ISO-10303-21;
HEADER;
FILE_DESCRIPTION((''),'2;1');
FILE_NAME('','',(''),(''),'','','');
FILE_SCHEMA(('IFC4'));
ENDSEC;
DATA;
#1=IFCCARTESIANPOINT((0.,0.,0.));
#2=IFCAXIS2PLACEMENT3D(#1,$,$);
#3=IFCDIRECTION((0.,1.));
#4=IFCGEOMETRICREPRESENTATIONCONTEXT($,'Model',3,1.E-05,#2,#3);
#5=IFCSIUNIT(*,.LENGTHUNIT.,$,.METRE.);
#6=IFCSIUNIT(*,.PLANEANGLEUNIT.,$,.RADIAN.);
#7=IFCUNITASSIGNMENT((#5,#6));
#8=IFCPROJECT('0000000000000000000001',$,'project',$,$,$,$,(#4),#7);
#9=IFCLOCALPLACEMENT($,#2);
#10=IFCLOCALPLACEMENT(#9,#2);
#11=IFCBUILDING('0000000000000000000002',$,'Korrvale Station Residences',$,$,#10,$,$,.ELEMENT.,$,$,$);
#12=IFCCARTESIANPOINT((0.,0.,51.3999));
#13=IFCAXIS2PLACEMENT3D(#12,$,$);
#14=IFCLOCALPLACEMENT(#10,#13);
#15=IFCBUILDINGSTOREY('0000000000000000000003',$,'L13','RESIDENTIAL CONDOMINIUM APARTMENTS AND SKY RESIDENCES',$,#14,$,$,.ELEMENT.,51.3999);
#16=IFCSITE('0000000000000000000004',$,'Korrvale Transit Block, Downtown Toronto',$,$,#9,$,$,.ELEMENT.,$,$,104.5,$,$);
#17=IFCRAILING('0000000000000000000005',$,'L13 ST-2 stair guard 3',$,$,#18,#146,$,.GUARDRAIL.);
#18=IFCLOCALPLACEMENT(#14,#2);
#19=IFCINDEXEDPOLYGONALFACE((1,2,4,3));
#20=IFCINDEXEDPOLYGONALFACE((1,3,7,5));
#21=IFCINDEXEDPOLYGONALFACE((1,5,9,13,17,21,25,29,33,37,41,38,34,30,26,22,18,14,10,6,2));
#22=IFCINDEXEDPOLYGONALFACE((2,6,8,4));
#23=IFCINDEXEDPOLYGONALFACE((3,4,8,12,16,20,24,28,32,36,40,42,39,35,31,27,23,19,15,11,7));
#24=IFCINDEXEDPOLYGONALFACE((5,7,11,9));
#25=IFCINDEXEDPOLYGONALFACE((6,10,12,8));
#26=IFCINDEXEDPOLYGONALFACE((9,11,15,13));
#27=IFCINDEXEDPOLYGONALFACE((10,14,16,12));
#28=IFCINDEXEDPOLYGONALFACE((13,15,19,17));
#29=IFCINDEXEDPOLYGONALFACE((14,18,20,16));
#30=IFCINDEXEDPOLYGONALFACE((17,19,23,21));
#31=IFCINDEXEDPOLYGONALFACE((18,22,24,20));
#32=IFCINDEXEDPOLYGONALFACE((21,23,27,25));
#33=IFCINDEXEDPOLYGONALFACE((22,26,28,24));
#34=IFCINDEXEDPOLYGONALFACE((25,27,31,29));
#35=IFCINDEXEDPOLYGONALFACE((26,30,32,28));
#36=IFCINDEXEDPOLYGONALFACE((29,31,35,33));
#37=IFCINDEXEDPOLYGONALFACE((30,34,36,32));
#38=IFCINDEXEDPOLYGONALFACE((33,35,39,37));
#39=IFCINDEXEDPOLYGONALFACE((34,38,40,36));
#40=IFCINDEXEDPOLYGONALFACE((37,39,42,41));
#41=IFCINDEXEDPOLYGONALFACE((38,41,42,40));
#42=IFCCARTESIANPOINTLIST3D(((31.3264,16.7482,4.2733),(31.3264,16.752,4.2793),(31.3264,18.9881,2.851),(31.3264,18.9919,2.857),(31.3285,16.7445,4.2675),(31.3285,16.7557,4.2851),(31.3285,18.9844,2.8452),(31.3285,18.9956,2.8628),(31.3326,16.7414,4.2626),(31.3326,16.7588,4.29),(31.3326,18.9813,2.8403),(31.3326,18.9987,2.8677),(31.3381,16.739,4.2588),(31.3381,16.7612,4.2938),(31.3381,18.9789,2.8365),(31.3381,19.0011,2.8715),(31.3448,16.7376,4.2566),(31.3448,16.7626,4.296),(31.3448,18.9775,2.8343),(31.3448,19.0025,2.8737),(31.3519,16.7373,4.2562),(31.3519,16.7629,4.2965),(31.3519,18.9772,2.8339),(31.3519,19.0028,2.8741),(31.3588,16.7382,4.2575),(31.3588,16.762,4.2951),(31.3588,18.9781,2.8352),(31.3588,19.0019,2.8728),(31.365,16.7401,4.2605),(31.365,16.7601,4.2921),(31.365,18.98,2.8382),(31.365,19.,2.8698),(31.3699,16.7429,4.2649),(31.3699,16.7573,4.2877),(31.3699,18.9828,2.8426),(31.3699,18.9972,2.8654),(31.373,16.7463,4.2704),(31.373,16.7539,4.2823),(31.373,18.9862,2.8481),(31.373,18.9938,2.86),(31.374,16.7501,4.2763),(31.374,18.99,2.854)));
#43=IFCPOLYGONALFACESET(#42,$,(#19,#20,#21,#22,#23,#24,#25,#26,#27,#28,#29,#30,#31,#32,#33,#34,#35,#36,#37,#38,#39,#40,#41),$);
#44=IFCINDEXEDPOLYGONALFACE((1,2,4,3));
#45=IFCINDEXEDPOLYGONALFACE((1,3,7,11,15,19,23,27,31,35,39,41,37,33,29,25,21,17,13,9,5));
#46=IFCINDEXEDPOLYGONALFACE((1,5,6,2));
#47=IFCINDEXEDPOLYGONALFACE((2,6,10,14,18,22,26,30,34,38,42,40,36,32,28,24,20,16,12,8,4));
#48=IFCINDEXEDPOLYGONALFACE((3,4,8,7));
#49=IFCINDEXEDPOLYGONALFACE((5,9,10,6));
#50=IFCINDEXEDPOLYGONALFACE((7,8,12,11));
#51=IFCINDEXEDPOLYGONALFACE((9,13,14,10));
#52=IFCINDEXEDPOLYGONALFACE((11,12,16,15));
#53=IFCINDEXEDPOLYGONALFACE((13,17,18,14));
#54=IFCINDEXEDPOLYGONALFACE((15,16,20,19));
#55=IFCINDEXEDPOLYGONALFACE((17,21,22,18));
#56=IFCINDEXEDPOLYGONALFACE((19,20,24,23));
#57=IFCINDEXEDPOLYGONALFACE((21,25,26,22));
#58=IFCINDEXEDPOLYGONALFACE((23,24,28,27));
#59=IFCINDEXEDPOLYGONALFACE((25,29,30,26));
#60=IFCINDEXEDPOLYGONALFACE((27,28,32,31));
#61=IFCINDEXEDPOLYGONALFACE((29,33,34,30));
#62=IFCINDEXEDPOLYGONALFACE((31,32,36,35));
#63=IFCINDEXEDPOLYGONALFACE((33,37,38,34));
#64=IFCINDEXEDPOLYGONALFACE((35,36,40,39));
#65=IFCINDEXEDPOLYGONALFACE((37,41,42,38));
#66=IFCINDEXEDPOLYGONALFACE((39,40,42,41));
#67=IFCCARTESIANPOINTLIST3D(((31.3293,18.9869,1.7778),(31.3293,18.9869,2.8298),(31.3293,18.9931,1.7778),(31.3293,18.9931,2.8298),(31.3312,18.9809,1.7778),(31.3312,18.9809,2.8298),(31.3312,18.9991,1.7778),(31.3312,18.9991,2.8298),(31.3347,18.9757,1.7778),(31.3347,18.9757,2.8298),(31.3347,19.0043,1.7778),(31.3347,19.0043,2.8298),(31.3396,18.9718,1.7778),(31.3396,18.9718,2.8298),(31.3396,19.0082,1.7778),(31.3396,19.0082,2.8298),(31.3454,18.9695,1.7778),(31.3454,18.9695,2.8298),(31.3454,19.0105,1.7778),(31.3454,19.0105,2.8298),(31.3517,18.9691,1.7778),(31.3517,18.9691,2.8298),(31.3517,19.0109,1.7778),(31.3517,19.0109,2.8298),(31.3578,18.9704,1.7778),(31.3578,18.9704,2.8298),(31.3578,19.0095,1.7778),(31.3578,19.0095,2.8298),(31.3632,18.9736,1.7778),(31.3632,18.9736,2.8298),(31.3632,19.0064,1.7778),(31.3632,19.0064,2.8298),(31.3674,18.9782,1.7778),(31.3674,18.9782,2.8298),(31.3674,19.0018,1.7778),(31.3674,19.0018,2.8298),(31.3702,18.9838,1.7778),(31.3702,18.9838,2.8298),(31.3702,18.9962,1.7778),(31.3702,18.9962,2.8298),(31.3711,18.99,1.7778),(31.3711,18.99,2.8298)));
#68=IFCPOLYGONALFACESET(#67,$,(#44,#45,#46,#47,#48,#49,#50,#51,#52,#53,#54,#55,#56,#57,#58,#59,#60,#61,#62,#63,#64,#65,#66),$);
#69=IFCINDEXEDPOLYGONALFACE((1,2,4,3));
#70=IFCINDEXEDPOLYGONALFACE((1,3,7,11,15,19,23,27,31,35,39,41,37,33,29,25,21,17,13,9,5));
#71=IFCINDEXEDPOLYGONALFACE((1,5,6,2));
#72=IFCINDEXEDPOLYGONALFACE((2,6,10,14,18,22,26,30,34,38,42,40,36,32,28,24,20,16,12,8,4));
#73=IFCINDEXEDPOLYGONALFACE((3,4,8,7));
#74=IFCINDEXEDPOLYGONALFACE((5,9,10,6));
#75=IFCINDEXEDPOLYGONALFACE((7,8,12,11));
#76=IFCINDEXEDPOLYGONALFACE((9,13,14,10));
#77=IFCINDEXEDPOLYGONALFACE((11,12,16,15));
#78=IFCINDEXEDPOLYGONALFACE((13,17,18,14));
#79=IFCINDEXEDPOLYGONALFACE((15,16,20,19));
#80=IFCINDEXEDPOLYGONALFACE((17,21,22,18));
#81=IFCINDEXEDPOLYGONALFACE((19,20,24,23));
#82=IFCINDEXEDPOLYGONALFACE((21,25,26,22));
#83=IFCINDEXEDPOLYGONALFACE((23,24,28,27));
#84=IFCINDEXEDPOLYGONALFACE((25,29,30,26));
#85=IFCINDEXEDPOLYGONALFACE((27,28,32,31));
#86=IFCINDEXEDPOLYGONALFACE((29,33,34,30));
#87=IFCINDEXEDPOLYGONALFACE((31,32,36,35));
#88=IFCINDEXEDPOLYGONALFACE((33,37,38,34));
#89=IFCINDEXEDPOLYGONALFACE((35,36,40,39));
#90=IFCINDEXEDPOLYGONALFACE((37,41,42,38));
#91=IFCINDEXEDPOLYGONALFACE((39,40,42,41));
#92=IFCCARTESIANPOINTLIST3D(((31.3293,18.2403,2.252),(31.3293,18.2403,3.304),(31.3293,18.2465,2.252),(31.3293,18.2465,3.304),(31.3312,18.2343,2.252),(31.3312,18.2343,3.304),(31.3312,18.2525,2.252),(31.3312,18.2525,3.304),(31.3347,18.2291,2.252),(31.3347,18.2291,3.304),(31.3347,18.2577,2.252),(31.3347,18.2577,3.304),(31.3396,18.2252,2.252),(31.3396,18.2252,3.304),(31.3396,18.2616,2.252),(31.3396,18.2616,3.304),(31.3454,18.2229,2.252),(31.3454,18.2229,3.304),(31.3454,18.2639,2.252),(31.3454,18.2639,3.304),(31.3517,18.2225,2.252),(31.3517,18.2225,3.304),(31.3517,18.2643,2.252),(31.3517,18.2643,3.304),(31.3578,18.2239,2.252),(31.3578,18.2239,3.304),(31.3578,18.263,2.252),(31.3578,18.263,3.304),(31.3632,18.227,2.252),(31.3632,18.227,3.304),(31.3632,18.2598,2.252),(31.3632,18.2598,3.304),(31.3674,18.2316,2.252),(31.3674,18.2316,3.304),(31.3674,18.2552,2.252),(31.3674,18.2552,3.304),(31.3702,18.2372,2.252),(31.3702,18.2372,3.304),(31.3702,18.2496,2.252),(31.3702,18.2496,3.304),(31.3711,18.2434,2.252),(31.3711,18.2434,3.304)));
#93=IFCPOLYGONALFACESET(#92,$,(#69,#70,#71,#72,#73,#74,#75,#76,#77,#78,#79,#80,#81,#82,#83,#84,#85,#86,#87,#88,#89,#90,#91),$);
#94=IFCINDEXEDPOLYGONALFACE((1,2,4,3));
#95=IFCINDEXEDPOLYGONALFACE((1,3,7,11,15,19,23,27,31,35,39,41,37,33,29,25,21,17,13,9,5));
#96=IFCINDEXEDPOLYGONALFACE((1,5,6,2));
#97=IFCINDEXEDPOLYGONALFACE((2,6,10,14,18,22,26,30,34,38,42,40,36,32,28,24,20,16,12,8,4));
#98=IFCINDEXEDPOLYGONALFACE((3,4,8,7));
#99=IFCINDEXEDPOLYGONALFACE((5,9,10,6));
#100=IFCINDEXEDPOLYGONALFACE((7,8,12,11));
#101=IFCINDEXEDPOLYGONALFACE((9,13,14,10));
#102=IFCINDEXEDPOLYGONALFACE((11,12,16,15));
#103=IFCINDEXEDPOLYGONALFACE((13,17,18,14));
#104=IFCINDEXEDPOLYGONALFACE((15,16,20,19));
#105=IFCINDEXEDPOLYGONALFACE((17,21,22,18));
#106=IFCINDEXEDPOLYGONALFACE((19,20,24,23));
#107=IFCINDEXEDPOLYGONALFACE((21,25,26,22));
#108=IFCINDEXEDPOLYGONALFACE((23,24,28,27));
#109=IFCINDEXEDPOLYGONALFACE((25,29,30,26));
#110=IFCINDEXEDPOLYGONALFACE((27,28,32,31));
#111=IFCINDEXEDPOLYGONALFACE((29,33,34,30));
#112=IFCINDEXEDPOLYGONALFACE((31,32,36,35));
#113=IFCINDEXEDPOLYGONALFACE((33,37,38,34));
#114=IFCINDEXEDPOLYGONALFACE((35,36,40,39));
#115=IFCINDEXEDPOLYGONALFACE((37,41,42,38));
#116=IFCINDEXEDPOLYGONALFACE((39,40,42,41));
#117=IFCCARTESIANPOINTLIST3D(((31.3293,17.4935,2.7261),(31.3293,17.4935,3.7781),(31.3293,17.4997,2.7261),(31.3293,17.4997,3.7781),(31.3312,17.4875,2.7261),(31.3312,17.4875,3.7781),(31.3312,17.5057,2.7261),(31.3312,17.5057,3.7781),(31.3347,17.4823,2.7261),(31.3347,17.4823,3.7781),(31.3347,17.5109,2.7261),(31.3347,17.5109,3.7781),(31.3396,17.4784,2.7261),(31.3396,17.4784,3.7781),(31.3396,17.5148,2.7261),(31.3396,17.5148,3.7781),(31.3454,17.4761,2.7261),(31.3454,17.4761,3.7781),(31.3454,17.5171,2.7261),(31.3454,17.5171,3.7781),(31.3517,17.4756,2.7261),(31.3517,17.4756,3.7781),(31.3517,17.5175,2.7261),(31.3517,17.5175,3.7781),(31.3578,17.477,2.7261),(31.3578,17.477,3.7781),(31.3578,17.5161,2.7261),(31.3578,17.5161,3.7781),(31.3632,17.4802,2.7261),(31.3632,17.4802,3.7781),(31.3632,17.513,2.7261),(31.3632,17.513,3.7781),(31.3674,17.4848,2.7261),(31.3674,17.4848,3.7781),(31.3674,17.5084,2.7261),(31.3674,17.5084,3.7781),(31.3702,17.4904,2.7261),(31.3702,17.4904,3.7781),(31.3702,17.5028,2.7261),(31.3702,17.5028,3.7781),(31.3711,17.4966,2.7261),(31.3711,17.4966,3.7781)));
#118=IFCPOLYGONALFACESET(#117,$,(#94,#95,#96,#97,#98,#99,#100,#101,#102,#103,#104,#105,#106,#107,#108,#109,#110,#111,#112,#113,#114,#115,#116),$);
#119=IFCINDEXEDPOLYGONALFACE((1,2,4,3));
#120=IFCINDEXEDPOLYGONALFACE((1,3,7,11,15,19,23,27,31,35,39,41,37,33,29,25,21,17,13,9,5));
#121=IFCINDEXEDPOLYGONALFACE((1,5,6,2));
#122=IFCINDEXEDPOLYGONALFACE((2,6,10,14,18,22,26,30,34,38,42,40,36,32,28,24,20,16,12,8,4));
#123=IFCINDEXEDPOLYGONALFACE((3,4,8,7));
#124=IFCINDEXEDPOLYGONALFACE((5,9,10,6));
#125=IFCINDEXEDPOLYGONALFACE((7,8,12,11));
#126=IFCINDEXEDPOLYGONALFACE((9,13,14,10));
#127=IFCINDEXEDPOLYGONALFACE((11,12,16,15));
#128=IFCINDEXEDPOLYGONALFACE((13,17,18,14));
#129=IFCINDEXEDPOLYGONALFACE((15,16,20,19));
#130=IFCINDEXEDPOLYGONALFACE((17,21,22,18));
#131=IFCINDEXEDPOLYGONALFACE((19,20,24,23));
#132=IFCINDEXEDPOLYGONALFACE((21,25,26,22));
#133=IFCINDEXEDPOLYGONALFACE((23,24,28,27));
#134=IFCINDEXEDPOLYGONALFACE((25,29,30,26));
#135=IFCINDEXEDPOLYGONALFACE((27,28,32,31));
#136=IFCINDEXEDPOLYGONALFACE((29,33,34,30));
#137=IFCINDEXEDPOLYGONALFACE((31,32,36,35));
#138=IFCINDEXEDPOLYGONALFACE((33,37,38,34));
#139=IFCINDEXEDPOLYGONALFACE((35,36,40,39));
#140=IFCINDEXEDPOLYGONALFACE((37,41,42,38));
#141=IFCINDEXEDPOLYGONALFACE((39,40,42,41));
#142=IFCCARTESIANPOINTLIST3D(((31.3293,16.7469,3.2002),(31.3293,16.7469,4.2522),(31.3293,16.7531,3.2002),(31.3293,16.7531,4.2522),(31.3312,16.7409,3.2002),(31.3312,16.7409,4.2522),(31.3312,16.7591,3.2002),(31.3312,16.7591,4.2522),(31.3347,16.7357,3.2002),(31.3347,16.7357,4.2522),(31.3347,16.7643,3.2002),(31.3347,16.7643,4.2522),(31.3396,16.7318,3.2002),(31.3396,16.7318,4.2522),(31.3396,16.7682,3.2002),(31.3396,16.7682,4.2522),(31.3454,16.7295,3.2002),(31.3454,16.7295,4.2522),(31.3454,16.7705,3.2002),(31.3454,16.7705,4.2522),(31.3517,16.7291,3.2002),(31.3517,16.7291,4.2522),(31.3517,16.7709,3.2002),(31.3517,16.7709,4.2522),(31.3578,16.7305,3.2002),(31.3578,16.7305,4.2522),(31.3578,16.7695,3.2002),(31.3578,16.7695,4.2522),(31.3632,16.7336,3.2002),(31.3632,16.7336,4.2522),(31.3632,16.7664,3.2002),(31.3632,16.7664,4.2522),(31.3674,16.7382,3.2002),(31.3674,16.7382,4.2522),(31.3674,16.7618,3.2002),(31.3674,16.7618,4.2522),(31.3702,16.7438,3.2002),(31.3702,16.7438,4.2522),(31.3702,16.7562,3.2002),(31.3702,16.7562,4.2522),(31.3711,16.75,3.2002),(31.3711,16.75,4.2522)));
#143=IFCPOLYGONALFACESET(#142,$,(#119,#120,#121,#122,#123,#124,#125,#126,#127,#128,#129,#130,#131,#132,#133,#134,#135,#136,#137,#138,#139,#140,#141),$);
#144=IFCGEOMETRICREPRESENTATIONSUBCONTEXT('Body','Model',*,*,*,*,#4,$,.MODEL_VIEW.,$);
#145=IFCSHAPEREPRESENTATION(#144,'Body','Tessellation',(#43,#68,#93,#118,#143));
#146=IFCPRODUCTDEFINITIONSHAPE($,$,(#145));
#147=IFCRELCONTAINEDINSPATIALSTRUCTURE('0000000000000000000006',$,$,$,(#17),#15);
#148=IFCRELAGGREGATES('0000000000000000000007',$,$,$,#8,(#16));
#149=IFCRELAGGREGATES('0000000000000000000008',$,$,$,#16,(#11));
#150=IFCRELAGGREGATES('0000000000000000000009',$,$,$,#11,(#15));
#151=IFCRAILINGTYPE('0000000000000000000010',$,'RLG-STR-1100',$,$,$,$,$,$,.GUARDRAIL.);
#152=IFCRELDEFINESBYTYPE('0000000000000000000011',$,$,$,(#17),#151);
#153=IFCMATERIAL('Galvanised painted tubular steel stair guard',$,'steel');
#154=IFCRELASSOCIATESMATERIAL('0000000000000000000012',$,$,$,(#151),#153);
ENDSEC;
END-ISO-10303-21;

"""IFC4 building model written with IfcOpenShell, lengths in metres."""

from ifc_helpers import new_model, si_unit, direction, frame, origin, origin_2d, place, context, subcontext, project, spatial, circle, extrude, material, type_object, element, save


model = new_model("IFC4")

# Units and contexts
model_context = context("Model", 3, precision=1e-05, world=origin(), true_north=direction((0.0, 1.0)))
body_context = subcontext(model_context, "Body", "Model", "MODEL_VIEW")
ifc_project = project(units=[si_unit("LENGTHUNIT", "METRE"), si_unit("PLANEANGLEUNIT", "RADIAN")], contexts=[model_context])

# Site, building, storey
site_placement = place(None, origin())
site = spatial("IfcSite", under=ifc_project, at=site_placement, Name="Korrvale Transit Block, Downtown Toronto", CompositionType="ELEMENT", RefElevation=104.5)
building_placement = place(site_placement, origin())
building = spatial("IfcBuilding", under=site, at=building_placement, Name="Korrvale Station Residences", CompositionType="ELEMENT")
storey_placement = place(building_placement, frame((0.0, 0.0, 51.3999)))
storey = spatial("IfcBuildingStorey", under=building, at=storey_placement, Name="L13", Description="RESIDENTIAL CONDOMINIUM APARTMENTS AND SKY RESIDENCES", CompositionType="ELEMENT", Elevation=51.3999)

# Railing
ifc_material_1 = material(Name="Galvanised painted tubular steel stair guard", Category="steel")
railing_type_1 = type_object("IfcRailingType", Name="RLG-STR-1100", PredefinedType="GUARDRAIL", material=ifc_material_1)
railing_1_placement = place(storey_placement, frame((31.3501, 18.99, 1.7778)))
element("IfcRailing", 1, at=railing_1_placement, inside=storey, type_object=railing_type_1, Name="L13 ST-2 stair guard 3", PredefinedType="GUARDRAIL", context=body_context, shape_type="SweptSolid", body=[
    extrude(circle(Radius=0.0239, at=origin_2d()), frame((0.0, 0.0, 1.0762), z_axis=(0.0, -0.844188, 0.536048), x_axis=(1.0, 0.0, 0.0)), (0.0, 0.0, 1.0), 2.6533),
    extrude(circle(Radius=0.021, at=origin_2d()), origin(), (0.0, 0.0, 1.0), 1.052),
    extrude(circle(Radius=0.021, at=origin_2d()), frame((0.0, -0.7466, 0.4741)), (0.0, 0.0, 1.0), 1.052),
    extrude(circle(Radius=0.021, at=origin_2d()), frame((0.0, -1.4934, 0.9482)), (0.0, 0.0, 1.0), 1.052),
    extrude(circle(Radius=0.021, at=origin_2d()), frame((0.0, -2.24, 1.4224)), (0.0, 0.0, 1.0), 1.052),
])

save(model, "model.ifc")
